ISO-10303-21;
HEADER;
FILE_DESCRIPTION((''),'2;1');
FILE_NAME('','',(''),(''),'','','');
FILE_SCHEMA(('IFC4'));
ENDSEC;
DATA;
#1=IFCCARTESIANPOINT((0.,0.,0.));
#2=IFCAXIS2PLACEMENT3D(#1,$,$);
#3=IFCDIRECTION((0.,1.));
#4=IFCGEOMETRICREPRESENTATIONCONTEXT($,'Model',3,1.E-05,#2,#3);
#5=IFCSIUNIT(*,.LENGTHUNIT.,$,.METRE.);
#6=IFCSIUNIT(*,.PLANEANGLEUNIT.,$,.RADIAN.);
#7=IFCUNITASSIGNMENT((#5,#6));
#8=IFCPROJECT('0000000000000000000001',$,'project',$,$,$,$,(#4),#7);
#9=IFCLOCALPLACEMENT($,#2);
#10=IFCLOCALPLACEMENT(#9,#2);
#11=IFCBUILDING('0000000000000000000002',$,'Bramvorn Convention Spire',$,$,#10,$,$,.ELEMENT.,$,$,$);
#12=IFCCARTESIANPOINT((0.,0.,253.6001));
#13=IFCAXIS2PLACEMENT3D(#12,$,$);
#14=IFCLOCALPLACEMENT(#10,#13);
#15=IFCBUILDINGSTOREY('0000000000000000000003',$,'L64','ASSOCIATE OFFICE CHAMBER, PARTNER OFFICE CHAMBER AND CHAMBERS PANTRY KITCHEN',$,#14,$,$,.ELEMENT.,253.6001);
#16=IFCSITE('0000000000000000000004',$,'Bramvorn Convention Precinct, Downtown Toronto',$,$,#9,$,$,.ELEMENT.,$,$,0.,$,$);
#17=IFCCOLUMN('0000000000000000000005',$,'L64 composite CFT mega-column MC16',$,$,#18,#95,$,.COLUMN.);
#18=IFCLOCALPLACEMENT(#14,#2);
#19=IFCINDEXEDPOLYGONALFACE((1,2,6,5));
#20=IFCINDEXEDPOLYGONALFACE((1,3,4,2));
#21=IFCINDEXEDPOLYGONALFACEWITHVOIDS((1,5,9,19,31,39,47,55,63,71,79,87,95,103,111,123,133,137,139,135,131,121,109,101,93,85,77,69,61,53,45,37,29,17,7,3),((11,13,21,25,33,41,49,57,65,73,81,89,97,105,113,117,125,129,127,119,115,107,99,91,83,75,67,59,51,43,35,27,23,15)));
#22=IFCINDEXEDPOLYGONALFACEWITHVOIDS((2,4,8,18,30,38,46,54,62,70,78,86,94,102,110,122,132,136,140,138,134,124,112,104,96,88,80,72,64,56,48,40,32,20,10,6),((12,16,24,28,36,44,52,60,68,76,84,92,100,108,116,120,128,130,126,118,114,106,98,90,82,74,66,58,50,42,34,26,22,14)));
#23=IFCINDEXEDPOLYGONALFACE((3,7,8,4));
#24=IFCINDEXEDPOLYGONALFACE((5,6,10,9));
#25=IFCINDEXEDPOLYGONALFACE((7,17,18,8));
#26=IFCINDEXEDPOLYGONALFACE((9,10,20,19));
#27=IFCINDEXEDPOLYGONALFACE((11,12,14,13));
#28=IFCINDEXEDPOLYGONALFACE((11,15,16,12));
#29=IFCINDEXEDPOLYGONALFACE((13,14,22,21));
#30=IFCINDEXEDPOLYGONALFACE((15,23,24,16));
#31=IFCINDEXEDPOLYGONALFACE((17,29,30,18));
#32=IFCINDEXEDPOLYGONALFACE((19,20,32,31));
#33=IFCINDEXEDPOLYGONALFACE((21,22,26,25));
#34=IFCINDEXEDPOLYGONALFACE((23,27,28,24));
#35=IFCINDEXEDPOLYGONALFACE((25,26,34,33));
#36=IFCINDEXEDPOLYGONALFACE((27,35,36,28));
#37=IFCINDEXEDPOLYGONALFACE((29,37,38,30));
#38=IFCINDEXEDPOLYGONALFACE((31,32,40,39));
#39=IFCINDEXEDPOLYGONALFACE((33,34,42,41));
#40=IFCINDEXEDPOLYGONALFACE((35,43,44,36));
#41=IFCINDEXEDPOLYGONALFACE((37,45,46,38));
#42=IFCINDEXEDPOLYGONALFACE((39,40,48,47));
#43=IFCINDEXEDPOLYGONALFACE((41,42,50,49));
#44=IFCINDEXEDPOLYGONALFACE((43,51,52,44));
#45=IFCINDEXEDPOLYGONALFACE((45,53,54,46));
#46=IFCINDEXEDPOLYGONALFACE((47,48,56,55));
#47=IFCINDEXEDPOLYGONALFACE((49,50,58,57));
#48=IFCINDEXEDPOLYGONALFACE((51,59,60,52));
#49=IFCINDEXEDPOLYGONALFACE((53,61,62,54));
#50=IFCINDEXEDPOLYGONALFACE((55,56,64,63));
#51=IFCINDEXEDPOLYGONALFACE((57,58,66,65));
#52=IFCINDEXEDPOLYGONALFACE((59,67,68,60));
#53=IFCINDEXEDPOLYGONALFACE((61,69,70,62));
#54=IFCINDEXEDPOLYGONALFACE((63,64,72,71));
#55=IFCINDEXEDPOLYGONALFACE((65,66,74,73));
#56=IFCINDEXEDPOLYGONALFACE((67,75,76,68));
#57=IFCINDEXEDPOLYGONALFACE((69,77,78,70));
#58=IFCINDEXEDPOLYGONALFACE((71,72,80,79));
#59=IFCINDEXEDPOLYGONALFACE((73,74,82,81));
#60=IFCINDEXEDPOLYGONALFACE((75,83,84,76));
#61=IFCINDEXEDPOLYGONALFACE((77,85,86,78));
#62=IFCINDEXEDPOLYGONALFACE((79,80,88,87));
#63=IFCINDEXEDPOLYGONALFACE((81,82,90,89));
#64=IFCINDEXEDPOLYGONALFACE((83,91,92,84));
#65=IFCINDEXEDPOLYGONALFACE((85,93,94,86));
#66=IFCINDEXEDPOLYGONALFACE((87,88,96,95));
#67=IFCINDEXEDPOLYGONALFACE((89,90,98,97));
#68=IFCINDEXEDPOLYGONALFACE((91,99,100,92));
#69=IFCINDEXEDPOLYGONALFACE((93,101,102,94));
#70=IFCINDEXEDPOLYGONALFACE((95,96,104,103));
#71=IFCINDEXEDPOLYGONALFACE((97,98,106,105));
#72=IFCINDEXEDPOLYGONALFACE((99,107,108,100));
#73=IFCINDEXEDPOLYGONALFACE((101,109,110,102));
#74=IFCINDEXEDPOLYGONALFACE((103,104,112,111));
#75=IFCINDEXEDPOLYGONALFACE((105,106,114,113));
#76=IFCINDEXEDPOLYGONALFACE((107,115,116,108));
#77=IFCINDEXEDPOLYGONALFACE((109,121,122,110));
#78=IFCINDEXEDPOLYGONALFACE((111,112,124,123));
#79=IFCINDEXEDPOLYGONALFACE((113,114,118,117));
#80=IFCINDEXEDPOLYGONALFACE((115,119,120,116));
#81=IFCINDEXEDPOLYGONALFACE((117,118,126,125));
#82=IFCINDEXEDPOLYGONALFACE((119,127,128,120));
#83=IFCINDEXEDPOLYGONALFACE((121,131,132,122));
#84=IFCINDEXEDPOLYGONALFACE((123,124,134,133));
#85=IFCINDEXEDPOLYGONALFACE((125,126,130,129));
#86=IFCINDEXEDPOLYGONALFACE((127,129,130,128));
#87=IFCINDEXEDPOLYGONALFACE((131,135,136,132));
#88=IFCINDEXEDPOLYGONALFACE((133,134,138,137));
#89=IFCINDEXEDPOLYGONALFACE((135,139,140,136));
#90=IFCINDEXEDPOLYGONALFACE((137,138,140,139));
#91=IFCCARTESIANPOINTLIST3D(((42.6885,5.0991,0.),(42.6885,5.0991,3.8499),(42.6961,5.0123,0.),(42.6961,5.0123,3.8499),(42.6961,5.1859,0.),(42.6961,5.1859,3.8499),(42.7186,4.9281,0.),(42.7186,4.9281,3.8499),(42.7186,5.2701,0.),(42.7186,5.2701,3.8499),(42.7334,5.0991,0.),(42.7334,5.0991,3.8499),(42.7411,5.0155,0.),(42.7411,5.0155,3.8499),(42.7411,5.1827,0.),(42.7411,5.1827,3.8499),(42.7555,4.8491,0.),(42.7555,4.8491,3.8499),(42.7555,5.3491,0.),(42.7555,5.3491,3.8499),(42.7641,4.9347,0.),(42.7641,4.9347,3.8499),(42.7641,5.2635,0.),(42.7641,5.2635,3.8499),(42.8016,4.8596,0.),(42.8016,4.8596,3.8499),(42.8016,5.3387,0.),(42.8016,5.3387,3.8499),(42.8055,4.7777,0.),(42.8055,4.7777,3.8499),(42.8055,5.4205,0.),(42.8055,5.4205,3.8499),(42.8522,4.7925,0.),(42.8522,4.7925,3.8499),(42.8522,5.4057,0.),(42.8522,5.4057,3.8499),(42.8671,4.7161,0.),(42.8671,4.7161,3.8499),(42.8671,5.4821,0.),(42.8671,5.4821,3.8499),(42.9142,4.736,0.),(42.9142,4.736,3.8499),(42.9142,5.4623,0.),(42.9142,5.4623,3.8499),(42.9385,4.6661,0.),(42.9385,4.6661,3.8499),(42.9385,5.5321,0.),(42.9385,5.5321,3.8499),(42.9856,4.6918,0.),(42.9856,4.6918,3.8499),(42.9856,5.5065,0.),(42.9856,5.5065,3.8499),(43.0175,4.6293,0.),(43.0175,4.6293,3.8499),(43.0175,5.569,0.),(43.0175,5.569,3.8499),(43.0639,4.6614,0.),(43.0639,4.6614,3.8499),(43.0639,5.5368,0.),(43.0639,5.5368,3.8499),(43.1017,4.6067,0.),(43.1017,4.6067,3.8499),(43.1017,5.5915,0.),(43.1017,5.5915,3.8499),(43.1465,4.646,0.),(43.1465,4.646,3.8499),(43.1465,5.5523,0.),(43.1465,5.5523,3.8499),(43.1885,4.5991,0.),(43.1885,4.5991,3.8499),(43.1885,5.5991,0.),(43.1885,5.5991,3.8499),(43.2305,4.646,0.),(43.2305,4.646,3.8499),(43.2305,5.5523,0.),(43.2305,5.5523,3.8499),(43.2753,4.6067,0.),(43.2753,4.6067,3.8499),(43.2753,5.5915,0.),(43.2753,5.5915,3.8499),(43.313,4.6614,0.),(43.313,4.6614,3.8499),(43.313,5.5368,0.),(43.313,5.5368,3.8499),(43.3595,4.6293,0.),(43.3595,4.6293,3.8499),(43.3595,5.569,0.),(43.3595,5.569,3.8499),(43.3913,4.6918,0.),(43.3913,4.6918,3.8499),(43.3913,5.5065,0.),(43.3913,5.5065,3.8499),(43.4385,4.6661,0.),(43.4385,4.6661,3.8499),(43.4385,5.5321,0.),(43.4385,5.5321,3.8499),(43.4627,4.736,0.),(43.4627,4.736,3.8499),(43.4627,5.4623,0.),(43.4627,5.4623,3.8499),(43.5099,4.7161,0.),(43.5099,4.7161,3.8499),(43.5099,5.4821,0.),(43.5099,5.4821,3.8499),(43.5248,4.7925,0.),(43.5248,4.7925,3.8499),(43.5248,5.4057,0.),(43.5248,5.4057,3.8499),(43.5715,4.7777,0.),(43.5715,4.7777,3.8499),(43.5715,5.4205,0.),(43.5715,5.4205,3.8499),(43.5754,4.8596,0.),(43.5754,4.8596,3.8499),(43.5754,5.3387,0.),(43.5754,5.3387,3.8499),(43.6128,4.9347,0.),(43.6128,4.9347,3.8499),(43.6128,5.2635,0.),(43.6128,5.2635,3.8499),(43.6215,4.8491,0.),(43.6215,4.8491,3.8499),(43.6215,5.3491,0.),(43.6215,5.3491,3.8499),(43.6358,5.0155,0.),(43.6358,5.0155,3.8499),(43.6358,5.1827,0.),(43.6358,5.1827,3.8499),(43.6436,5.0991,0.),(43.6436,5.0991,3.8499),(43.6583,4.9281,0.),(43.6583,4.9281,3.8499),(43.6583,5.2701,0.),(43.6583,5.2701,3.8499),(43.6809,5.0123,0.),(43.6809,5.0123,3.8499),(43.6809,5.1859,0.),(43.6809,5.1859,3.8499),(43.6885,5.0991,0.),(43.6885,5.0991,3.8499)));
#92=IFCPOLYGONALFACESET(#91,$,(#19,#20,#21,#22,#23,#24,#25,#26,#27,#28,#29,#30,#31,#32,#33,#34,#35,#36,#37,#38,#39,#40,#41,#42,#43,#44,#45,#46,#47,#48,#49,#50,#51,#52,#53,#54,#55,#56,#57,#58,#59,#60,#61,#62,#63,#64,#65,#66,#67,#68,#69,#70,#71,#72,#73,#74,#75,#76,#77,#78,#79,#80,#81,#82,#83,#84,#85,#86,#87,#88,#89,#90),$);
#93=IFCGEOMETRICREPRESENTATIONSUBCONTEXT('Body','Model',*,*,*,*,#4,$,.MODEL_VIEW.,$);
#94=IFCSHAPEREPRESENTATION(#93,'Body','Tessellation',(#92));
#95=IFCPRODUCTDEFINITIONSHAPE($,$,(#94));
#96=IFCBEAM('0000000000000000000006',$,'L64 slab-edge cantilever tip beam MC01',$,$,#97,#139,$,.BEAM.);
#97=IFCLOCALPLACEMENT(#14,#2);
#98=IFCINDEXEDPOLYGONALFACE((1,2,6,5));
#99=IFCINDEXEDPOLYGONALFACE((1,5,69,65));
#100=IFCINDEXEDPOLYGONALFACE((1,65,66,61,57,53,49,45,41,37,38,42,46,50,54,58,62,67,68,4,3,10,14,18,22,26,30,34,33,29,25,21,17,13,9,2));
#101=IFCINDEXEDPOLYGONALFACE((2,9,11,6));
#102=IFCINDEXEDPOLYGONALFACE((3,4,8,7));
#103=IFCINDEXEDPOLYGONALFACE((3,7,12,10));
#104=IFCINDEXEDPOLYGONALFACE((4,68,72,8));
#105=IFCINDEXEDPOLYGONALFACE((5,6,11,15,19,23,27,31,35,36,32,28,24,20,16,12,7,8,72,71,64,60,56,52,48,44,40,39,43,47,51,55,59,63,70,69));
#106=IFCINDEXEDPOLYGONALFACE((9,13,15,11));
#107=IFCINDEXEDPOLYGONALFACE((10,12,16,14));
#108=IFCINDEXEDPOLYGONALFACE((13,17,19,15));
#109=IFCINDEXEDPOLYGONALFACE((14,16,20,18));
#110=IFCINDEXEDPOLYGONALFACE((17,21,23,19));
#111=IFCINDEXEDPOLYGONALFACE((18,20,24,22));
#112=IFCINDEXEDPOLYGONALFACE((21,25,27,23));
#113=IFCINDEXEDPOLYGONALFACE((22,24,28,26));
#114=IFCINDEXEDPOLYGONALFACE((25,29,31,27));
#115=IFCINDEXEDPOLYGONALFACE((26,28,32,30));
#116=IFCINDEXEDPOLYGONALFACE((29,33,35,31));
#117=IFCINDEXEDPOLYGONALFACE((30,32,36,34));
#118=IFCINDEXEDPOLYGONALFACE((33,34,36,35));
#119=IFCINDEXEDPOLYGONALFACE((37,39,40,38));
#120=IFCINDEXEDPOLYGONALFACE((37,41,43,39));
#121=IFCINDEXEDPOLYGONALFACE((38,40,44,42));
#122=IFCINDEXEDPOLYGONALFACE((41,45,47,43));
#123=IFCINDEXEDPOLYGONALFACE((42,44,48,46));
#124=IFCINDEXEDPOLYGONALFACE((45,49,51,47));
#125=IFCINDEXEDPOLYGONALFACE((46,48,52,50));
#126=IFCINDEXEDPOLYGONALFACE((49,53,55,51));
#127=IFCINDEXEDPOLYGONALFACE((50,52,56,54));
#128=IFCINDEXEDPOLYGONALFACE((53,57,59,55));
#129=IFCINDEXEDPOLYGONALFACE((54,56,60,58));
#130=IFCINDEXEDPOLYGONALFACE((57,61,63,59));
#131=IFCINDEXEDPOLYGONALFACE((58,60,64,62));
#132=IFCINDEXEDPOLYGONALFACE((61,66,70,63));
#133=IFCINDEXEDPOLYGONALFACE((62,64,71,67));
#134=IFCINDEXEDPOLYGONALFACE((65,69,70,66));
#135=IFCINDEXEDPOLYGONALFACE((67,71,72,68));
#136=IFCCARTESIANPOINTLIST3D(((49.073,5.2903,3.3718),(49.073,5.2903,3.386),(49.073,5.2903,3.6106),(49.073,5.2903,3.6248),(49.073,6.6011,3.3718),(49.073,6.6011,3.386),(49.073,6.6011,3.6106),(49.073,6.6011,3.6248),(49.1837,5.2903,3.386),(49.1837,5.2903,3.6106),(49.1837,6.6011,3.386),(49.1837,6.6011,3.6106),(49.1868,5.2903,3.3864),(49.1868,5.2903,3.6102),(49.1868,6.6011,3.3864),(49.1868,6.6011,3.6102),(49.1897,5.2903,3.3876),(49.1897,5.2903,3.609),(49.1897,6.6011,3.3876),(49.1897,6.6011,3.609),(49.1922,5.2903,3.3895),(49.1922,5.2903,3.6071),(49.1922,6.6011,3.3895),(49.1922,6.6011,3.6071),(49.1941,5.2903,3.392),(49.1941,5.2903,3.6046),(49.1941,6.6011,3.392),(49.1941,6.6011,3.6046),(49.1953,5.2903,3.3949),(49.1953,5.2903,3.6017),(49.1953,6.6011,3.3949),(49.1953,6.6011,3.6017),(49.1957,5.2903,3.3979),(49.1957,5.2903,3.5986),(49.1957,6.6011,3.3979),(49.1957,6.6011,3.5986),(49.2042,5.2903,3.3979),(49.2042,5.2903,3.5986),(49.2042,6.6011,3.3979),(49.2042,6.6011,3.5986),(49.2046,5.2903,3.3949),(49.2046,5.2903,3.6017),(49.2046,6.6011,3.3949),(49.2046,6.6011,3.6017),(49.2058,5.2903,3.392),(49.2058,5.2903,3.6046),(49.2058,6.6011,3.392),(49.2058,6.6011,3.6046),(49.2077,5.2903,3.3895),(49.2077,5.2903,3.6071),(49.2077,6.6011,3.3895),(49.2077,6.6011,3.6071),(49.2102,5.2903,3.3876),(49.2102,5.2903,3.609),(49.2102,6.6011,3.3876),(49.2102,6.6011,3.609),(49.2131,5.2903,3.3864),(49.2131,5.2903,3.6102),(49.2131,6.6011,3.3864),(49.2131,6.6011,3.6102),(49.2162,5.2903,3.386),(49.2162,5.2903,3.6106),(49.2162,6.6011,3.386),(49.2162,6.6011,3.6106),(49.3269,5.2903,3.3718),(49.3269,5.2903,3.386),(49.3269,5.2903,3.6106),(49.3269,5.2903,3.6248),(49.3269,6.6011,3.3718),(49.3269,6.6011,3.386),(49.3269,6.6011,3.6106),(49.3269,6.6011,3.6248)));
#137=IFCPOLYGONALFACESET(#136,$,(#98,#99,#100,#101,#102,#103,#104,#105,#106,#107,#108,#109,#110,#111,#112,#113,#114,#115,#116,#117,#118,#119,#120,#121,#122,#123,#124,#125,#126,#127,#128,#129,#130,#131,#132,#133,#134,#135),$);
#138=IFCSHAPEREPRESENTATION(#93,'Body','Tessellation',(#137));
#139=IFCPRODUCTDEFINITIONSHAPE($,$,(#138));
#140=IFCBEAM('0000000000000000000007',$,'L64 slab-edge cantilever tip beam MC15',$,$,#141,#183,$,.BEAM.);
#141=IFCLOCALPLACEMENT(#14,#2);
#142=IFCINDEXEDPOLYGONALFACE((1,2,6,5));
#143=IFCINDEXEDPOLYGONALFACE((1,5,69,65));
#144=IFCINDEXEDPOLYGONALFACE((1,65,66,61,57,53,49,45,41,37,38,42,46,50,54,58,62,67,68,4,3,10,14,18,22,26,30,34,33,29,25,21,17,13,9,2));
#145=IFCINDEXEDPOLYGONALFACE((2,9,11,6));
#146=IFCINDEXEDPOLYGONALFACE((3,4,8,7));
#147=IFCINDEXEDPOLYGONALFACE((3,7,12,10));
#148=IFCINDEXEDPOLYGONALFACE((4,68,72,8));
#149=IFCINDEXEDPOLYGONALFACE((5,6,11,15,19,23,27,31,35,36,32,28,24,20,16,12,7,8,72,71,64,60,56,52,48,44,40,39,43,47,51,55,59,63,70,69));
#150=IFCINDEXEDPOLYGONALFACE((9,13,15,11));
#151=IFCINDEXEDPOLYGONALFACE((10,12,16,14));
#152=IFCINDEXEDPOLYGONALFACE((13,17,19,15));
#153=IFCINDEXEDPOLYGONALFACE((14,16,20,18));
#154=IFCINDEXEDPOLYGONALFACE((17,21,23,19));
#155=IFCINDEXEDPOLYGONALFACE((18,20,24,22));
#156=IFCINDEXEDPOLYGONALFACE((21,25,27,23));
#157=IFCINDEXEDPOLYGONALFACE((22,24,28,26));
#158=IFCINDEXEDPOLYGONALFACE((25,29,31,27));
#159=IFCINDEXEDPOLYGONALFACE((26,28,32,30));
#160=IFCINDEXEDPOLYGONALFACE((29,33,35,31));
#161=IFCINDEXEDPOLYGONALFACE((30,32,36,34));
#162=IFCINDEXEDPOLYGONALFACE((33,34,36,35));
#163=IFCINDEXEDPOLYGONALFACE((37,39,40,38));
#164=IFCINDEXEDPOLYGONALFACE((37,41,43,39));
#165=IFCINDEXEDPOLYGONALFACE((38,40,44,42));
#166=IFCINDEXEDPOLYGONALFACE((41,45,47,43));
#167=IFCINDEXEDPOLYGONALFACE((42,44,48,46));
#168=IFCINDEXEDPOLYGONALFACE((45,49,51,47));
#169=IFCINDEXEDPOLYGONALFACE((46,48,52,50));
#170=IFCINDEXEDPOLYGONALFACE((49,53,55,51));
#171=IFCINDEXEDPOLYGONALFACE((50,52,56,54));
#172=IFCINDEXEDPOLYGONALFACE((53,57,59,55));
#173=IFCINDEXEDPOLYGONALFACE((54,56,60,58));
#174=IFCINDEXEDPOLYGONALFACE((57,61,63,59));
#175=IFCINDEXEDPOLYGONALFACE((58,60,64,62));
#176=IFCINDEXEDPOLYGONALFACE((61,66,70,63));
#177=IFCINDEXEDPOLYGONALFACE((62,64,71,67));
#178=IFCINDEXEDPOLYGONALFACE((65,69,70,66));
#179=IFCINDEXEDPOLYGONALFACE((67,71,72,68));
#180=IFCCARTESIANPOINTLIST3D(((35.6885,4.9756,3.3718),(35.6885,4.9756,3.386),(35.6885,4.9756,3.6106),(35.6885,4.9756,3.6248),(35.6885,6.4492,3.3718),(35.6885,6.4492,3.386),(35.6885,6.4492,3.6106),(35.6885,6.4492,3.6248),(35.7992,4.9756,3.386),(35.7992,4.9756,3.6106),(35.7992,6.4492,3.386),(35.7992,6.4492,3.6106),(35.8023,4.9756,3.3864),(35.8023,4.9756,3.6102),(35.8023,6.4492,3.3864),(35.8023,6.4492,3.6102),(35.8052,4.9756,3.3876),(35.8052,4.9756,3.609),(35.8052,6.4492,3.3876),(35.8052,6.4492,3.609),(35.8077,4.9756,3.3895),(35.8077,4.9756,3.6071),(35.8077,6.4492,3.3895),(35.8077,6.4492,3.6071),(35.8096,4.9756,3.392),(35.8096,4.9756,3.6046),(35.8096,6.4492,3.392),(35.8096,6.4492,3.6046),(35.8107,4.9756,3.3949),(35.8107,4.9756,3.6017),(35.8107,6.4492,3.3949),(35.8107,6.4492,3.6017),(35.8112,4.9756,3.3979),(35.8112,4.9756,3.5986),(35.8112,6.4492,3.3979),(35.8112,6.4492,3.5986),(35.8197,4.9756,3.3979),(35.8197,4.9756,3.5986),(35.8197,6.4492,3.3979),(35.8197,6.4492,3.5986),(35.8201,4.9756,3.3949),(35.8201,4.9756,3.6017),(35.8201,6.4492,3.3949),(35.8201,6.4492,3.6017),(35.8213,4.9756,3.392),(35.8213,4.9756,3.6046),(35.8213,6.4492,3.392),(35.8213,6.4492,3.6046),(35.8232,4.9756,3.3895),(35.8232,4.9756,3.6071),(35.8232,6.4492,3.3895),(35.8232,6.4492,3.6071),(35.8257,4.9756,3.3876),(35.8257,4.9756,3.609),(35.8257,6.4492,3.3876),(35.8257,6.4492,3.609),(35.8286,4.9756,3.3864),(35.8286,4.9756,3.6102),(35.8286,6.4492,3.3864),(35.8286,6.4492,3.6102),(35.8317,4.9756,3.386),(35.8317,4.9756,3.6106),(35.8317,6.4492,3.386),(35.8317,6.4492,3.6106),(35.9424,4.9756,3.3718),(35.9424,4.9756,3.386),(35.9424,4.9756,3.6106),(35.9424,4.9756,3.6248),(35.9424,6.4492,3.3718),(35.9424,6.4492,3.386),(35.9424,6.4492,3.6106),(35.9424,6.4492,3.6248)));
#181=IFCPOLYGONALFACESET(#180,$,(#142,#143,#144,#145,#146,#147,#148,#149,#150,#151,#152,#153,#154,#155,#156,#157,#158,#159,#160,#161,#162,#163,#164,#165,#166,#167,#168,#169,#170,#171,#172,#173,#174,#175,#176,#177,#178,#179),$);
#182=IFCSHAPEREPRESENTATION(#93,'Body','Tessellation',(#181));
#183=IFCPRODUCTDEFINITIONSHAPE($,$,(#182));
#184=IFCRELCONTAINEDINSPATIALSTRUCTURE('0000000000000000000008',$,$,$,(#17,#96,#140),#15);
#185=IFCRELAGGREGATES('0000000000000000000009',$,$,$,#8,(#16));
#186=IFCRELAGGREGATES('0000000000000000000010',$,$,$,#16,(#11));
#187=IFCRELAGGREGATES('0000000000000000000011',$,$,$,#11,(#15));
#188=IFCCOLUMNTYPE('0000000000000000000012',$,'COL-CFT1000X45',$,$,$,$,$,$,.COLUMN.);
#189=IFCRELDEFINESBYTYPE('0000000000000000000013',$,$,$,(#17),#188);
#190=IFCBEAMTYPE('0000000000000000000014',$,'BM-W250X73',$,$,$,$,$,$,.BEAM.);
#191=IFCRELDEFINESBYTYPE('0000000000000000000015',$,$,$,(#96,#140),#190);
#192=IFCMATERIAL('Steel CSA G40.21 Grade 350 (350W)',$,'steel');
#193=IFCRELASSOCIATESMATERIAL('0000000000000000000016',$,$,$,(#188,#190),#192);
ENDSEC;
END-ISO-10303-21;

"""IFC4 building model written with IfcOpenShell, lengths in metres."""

from ifc_helpers import new_model, si_unit, direction, frame, origin, origin_2d, place, context, subcontext, project, spatial, hollow_circle, i_section, extrude, material, material_profile, profile_set, type_object, element, save


model = new_model("IFC4")

# Units and contexts
model_context = context("Model", 3, precision=1e-05, world=origin(), true_north=direction((0.0, 1.0)))
body_context = subcontext(model_context, "Body", "Model", "MODEL_VIEW")
ifc_project = project(units=[si_unit("LENGTHUNIT", "METRE"), si_unit("PLANEANGLEUNIT", "RADIAN")], contexts=[model_context])

# Site, building, storey
site_placement = place(None, origin())
site = spatial("IfcSite", under=ifc_project, at=site_placement, Name="Bramvorn Convention Precinct, Downtown Toronto", CompositionType="ELEMENT", RefElevation=0.0)
building_placement = place(site_placement, origin())
building = spatial("IfcBuilding", under=site, at=building_placement, Name="Bramvorn Convention Spire", CompositionType="ELEMENT")
storey_placement = place(building_placement, frame((0.0, 0.0, 253.6001)))
storey = spatial("IfcBuildingStorey", under=building, at=storey_placement, Name="L64", Description="ASSOCIATE OFFICE CHAMBER, PARTNER OFFICE CHAMBER AND CHAMBERS PANTRY KITCHEN", CompositionType="ELEMENT", Elevation=253.6001)

# Column
ifc_material_1 = material(Name="Steel CSA G40.21 Grade 350 (350W)", Category="steel")
ifc_material_profile_1 = material_profile(ifc_material_1, hollow_circle(Radius=0.5, WallThickness=0.0449, at=origin_2d()))
ifc_profile_set_1 = profile_set([ifc_material_profile_1], Name="Steel CSA G40.21 Grade 350 (350W) - CFT1000X45")
column_type = type_object("IfcColumnType", Name="COL-CFT1000X45", PredefinedType="COLUMN", material=ifc_profile_set_1)
for number, where, z_axis, x_axis, name in (
    (1, (43.1885, 5.0991, 0.0), (0.0, 0.0, 1.0), (1.0, 0.0, 0.0), "L64 composite CFT mega-column MC16"),
):
    element("IfcColumn", number, at=place(storey_placement, frame(where, z_axis=z_axis, x_axis=x_axis)), inside=storey, type_object=column_type, Name=name, PredefinedType="COLUMN", context=body_context, shape_type="SweptSolid", body=[
        extrude(hollow_circle(Radius=0.5, WallThickness=0.0449, at=origin_2d()), origin(), (0.0, 0.0, 1.0), 3.8499),
    ])

# Beams
ifc_material_profile_2 = material_profile(ifc_material_1, i_section(OverallWidth=0.2539, OverallDepth=0.2529, WebThickness=0.0085, FlangeThickness=0.0142, FilletRadius=0.012, at=origin_2d()))
ifc_profile_set_2 = profile_set([ifc_material_profile_2], Name="Steel CSA G40.21 Grade 350 (350W) - W250X73")
beam_type_1 = type_object("IfcBeamType", Name="BM-W250X73", PredefinedType="BEAM", material=ifc_profile_set_2)
beam_1_placement = place(storey_placement, frame((49.2, 6.6011, 3.4983), z_axis=(0.0, -1.0, 0.0), x_axis=(1.0, 0.0, 0.0)))
element("IfcBeam", 2, at=beam_1_placement, inside=storey, type_object=beam_type_1, Name="L64 slab-edge cantilever tip beam MC01", PredefinedType="BEAM", context=body_context, shape_type="SweptSolid", body=[
    extrude(i_section(OverallWidth=0.2539, OverallDepth=0.2529, WebThickness=0.0085, FlangeThickness=0.0142, FilletRadius=0.012, at=origin_2d()), origin(), (0.0, 0.0, 1.0), 1.3108),
])
beam_2_placement = place(storey_placement, frame((35.8154, 6.4492, 3.4983), z_axis=(0.0, -1.0, 0.0), x_axis=(1.0, 0.0, 0.0)))
element("IfcBeam", 3, at=beam_2_placement, inside=storey, type_object=beam_type_1, Name="L64 slab-edge cantilever tip beam MC15", PredefinedType="BEAM", context=body_context, shape_type="SweptSolid", body=[
    extrude(i_section(OverallWidth=0.2539, OverallDepth=0.2529, WebThickness=0.0085, FlangeThickness=0.0142, FilletRadius=0.012, at=origin_2d()), origin(), (0.0, 0.0, 1.0), 1.4736),
])

save(model, "model.ifc")
